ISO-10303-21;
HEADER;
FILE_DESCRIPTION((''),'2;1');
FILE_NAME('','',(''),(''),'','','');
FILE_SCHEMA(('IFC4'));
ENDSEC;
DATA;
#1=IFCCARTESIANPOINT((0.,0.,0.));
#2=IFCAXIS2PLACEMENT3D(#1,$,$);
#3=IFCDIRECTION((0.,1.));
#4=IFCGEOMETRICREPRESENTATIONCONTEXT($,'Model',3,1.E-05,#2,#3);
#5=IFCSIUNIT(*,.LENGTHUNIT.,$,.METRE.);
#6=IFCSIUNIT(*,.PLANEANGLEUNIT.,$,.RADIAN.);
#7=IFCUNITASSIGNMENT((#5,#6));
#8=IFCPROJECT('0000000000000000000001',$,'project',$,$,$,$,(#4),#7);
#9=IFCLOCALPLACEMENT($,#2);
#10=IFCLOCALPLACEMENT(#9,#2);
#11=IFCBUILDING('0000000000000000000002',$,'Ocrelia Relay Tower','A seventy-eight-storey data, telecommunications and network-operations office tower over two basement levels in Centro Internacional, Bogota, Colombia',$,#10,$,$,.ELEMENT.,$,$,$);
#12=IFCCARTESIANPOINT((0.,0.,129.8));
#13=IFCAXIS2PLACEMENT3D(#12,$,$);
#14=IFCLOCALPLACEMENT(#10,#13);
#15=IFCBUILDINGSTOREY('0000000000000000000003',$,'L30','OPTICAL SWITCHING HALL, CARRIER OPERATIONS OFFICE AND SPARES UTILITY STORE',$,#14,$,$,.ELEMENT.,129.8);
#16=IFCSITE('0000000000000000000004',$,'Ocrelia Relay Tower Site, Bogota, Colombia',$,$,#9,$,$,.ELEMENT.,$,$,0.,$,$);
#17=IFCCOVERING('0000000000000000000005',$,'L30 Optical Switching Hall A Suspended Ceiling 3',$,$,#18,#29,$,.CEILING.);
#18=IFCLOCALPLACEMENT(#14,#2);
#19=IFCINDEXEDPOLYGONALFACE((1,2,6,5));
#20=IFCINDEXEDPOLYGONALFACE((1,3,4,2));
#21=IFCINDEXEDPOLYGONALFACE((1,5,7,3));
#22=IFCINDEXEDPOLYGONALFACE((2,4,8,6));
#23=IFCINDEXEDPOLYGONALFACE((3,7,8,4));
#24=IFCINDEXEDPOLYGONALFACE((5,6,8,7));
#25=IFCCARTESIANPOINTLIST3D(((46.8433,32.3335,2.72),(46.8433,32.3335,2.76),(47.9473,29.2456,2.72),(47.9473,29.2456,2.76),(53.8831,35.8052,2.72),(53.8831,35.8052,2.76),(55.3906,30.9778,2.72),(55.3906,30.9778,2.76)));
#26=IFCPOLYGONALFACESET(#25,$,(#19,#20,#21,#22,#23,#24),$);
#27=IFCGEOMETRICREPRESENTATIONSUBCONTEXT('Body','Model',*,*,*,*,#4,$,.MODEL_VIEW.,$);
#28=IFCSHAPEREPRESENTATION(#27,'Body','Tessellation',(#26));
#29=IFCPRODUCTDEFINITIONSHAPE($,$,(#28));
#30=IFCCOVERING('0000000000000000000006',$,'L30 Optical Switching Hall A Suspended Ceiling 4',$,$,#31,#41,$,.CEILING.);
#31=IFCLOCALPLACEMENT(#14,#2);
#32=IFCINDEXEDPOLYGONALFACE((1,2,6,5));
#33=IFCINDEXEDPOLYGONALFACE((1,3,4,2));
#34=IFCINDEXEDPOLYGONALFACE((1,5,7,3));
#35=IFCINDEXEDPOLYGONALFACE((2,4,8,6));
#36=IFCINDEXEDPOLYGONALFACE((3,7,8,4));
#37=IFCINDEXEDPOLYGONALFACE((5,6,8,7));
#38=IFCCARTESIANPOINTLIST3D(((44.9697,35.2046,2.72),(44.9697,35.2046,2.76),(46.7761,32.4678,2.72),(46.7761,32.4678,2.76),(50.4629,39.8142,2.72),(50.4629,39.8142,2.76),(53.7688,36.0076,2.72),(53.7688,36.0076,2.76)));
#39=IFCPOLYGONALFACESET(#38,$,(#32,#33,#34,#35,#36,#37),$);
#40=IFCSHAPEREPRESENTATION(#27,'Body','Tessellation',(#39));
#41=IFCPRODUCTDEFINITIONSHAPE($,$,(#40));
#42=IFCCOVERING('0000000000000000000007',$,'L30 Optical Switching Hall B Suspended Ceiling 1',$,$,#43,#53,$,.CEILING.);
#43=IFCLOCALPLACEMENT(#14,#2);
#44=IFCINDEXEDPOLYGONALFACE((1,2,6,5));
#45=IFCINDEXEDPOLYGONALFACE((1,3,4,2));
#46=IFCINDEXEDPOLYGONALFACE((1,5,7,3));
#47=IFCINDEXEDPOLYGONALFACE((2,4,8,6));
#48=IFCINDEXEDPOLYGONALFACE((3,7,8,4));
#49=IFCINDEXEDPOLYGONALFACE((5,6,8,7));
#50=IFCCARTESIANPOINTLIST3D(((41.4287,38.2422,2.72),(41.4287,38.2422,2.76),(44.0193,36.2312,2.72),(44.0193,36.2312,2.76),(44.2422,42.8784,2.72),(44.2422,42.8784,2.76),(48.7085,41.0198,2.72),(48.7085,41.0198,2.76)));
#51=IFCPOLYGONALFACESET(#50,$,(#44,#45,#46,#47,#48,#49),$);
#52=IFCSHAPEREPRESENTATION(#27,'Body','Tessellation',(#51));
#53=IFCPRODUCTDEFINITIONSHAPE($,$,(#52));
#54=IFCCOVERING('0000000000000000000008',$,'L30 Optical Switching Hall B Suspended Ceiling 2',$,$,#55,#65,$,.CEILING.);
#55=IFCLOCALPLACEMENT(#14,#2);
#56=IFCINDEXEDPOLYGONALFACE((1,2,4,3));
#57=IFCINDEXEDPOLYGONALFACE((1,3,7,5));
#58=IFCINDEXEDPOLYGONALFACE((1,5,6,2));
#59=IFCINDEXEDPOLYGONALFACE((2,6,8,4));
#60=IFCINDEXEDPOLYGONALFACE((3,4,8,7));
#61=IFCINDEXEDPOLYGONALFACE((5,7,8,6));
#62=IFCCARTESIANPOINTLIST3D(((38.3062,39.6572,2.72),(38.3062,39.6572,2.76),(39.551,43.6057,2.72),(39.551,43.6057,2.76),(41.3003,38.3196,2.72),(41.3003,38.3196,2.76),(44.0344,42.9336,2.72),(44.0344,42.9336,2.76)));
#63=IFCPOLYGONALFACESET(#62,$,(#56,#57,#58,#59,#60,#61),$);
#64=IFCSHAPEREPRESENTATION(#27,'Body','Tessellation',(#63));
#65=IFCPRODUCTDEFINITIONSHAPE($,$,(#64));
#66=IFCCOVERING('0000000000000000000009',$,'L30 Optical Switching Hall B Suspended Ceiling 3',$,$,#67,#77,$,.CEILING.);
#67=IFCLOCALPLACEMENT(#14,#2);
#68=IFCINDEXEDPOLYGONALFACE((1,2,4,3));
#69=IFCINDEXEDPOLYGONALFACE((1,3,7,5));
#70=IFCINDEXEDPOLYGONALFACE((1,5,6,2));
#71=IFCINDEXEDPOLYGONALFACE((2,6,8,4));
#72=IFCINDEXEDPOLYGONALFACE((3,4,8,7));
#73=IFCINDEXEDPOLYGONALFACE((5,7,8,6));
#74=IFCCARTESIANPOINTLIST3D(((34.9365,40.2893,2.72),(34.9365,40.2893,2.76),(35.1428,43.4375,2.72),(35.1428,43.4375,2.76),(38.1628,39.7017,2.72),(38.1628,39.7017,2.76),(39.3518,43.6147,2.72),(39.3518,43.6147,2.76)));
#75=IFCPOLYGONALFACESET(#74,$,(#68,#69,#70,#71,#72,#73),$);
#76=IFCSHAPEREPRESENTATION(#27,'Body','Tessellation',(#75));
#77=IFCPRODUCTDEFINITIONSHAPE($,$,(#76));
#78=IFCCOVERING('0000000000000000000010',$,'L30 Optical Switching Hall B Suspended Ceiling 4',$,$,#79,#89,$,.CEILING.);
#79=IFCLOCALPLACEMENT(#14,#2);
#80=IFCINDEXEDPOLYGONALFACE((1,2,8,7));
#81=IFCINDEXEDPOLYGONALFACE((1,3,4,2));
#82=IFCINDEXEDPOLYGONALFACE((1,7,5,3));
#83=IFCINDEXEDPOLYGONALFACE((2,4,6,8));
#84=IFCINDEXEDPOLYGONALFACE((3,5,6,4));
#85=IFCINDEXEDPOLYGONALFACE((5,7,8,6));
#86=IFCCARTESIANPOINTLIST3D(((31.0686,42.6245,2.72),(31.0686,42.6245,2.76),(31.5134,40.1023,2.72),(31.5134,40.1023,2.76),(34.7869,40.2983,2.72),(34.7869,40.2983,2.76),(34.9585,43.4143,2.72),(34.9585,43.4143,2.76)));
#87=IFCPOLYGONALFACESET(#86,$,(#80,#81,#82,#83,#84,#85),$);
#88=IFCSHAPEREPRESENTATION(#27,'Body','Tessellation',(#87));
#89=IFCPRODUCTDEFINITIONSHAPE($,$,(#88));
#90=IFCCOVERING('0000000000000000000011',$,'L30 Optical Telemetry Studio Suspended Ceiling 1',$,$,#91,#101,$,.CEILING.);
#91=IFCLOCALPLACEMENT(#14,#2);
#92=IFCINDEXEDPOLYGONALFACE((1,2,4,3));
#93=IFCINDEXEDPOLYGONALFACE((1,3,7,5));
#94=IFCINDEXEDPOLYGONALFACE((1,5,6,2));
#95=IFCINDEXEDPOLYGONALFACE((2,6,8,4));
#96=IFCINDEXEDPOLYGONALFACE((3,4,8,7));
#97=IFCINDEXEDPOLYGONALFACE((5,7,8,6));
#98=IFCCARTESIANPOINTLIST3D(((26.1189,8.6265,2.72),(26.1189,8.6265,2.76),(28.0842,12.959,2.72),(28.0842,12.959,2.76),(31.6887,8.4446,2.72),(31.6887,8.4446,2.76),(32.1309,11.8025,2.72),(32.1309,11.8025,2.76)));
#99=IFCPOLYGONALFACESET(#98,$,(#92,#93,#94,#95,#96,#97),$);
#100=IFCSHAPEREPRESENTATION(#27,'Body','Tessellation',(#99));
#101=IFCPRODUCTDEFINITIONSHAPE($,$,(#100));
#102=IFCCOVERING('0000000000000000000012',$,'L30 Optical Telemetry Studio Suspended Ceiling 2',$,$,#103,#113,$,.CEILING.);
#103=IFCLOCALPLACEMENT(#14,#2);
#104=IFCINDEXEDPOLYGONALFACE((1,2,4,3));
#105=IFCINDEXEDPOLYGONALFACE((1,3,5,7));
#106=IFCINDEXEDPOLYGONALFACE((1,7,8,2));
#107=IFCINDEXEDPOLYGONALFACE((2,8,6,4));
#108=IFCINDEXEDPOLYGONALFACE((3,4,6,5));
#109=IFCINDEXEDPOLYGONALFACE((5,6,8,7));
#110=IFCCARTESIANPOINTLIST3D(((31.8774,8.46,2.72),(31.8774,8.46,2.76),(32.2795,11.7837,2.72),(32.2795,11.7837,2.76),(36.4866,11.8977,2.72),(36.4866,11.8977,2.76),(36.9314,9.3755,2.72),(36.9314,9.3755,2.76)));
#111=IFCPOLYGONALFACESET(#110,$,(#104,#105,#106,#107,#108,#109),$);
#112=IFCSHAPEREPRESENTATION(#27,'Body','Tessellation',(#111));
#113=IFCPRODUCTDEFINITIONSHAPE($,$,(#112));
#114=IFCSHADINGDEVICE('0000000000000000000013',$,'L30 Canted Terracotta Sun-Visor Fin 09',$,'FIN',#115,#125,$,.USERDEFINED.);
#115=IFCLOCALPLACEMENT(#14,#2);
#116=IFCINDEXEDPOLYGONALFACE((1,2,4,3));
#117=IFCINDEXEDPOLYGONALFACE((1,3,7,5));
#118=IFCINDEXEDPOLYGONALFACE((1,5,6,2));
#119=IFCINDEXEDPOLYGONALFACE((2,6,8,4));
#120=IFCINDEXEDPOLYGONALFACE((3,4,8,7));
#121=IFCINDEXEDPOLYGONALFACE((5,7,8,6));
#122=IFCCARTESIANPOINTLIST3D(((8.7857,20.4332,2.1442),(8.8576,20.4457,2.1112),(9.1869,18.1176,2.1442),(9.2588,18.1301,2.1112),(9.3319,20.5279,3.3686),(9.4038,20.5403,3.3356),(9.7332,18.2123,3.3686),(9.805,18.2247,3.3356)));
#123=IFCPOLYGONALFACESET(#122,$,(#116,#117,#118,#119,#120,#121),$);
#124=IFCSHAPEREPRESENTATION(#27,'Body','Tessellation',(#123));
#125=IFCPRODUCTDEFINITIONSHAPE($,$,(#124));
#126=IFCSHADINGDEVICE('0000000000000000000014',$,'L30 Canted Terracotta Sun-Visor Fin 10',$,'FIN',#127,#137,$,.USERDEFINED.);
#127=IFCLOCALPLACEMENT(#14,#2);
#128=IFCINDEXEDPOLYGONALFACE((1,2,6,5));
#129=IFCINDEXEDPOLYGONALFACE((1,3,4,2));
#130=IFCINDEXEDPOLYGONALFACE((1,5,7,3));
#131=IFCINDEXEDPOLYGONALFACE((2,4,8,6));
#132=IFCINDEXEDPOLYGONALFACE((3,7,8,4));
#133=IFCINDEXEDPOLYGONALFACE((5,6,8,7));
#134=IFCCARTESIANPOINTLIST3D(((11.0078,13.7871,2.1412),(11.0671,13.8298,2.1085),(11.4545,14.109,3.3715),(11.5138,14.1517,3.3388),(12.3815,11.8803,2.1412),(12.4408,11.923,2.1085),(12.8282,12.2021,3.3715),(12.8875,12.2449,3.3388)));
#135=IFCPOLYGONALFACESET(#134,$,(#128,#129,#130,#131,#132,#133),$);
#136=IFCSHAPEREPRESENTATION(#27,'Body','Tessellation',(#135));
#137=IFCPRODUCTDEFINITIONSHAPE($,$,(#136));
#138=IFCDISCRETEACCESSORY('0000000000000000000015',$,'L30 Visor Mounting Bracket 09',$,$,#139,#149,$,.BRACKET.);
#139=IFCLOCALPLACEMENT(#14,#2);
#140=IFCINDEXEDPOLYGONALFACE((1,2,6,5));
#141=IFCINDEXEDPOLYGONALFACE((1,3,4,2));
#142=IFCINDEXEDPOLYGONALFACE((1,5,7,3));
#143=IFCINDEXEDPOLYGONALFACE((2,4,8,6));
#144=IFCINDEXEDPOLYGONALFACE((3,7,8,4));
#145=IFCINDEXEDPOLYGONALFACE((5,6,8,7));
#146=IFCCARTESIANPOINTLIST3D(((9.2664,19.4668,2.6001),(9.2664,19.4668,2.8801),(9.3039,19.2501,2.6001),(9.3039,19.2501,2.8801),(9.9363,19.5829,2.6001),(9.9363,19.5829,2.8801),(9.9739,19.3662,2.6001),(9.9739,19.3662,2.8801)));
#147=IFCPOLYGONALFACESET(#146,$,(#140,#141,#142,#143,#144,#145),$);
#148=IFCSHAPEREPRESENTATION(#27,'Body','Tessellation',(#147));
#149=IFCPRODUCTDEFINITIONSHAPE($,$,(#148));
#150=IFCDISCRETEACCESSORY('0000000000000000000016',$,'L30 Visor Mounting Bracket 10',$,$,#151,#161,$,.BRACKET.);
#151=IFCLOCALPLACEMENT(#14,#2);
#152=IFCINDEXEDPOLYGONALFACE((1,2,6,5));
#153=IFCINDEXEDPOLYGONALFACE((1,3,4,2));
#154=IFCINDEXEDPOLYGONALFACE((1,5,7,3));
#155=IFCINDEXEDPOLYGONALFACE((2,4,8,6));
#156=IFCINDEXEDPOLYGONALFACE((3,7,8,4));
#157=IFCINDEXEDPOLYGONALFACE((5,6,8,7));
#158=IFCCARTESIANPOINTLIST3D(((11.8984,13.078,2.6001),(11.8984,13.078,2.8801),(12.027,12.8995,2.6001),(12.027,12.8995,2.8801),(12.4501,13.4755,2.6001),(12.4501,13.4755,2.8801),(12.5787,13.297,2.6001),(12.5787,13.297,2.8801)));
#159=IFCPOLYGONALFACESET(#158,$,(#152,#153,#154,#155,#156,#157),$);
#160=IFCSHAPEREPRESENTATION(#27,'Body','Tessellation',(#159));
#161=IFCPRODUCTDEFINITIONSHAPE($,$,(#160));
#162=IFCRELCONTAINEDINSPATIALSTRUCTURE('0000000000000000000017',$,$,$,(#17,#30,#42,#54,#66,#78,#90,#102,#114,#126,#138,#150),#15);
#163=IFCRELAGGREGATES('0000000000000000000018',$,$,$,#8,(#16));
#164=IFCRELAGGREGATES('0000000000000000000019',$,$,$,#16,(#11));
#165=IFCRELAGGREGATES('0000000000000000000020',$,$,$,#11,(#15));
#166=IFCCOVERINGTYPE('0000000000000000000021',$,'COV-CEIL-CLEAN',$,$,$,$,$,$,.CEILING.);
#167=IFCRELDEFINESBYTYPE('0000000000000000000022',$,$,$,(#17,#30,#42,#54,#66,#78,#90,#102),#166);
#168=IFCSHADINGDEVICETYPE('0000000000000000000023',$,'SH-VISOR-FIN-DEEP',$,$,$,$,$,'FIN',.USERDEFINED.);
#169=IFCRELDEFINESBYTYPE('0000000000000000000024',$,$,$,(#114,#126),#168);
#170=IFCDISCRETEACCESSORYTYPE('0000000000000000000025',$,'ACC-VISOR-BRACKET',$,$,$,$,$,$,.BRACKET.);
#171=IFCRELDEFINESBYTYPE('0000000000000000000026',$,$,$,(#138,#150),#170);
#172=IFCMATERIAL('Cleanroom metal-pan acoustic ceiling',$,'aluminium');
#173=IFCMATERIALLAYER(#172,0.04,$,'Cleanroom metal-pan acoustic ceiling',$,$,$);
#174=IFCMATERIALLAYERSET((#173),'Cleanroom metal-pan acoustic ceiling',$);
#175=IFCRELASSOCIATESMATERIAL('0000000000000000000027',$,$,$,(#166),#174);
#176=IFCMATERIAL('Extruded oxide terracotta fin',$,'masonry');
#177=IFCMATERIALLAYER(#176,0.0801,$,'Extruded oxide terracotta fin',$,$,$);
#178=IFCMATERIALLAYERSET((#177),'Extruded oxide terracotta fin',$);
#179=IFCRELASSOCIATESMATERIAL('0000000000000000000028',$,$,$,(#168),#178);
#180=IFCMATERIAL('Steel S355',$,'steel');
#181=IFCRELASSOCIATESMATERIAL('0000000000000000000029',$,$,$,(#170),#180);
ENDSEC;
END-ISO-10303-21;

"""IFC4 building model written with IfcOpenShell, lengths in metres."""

from ifc_helpers import new_model, si_unit, direction, frame, origin, origin_2d, place, context, subcontext, project, spatial, polyline, rectangle, outline, extrude, material, layer, layer_set, type_object, element, save


model = new_model("IFC4")

# Units and contexts
model_context = context("Model", 3, precision=1e-05, world=origin(), true_north=direction((0.0, 1.0)))
body_context = subcontext(model_context, "Body", "Model", "MODEL_VIEW")
ifc_project = project(units=[si_unit("LENGTHUNIT", "METRE"), si_unit("PLANEANGLEUNIT", "RADIAN")], contexts=[model_context])

# Site, building, storey
site_placement = place(None, origin())
site = spatial("IfcSite", under=ifc_project, at=site_placement, Name="Ocrelia Relay Tower Site, Bogota, Colombia", CompositionType="ELEMENT", RefElevation=0.0)
building_placement = place(site_placement, origin())
building = spatial("IfcBuilding", under=site, at=building_placement, Name="Ocrelia Relay Tower", Description="A seventy-eight-storey data, telecommunications and network-operations office tower over two basement levels in Centro Internacional, Bogota, Colombia", CompositionType="ELEMENT")
storey_placement = place(building_placement, frame((0.0, 0.0, 129.8)))
storey = spatial("IfcBuildingStorey", under=building, at=storey_placement, Name="L30", Description="OPTICAL SWITCHING HALL, CARRIER OPERATIONS OFFICE AND SPARES UTILITY STORE", CompositionType="ELEMENT", Elevation=129.8)

# Coverings
ifc_material_1 = material(Name="Cleanroom metal-pan acoustic ceiling", Category="aluminium")
ifc_layer_1 = layer(ifc_material_1, 0.04, Name="Cleanroom metal-pan acoustic ceiling")
ifc_layer_set_1 = layer_set([ifc_layer_1], Name="Cleanroom metal-pan acoustic ceiling")
covering_type_1 = type_object("IfcCoveringType", Name="COV-CEIL-CLEAN", PredefinedType="CEILING", material=ifc_layer_set_1)
covering_1_placement = place(storey_placement, frame((0.0, 0.0, 2.72)))
element("IfcCovering", 1, at=covering_1_placement, inside=storey, type_object=covering_type_1, Name="L30 Optical Switching Hall A Suspended Ceiling 3", PredefinedType="CEILING", context=body_context, shape_type="SweptSolid", body=[
    extrude(outline(polyline([(47.9473, 29.2456), (55.3906, 30.9778), (53.8831, 35.8052), (46.8433, 32.3335), (47.9473, 29.2456)])), origin(), (0.0, 0.0, 1.0), 0.04),
])
covering_2_placement = place(storey_placement, frame((0.0, 0.0, 2.72)))
element("IfcCovering", 2, at=covering_2_placement, inside=storey, type_object=covering_type_1, Name="L30 Optical Switching Hall A Suspended Ceiling 4", PredefinedType="CEILING", context=body_context, shape_type="SweptSolid", body=[
    extrude(outline(polyline([(46.7761, 32.4678), (53.7688, 36.0076), (50.4629, 39.8142), (44.9697, 35.2046), (46.7761, 32.4678)])), origin(), (0.0, 0.0, 1.0), 0.04),
])
covering_3_placement = place(storey_placement, frame((0.0, 0.0, 2.72)))
element("IfcCovering", 3, at=covering_3_placement, inside=storey, type_object=covering_type_1, Name="L30 Optical Switching Hall B Suspended Ceiling 1", PredefinedType="CEILING", context=body_context, shape_type="SweptSolid", body=[
    extrude(outline(polyline([(44.0193, 36.2312), (48.7085, 41.0198), (44.2422, 42.8784), (41.4287, 38.2422), (44.0193, 36.2312)])), origin(), (0.0, 0.0, 1.0), 0.04),
])
covering_4_placement = place(storey_placement, frame((0.0, 0.0, 2.72)))
element("IfcCovering", 4, at=covering_4_placement, inside=storey, type_object=covering_type_1, Name="L30 Optical Switching Hall B Suspended Ceiling 2", PredefinedType="CEILING", context=body_context, shape_type="SweptSolid", body=[
    extrude(outline(polyline([(41.3003, 38.3196), (44.0344, 42.9336), (39.551, 43.6057), (38.3062, 39.6572), (41.3003, 38.3196)])), origin(), (0.0, 0.0, 1.0), 0.04),
])
covering_5_placement = place(storey_placement, frame((0.0, 0.0, 2.72)))
element("IfcCovering", 5, at=covering_5_placement, inside=storey, type_object=covering_type_1, Name="L30 Optical Switching Hall B Suspended Ceiling 3", PredefinedType="CEILING", context=body_context, shape_type="SweptSolid", body=[
    extrude(outline(polyline([(38.1628, 39.7017), (39.3518, 43.6147), (35.1428, 43.4375), (34.9365, 40.2893), (38.1628, 39.7017)])), origin(), (0.0, 0.0, 1.0), 0.04),
])
covering_6_placement = place(storey_placement, frame((0.0, 0.0, 2.72)))
element("IfcCovering", 6, at=covering_6_placement, inside=storey, type_object=covering_type_1, Name="L30 Optical Switching Hall B Suspended Ceiling 4", PredefinedType="CEILING", context=body_context, shape_type="SweptSolid", body=[
    extrude(outline(polyline([(34.7869, 40.2983), (34.9585, 43.4143), (31.0686, 42.6245), (31.5134, 40.1023), (34.7869, 40.2983)])), origin(), (0.0, 0.0, 1.0), 0.04),
])
covering_7_placement = place(storey_placement, frame((0.0, 0.0, 2.72)))
element("IfcCovering", 7, at=covering_7_placement, inside=storey, type_object=covering_type_1, Name="L30 Optical Telemetry Studio Suspended Ceiling 1", PredefinedType="CEILING", context=body_context, shape_type="SweptSolid", body=[
    extrude(outline(polyline([(28.0842, 12.959), (26.1189, 8.6265), (31.6887, 8.4446), (32.1309, 11.8025), (28.0842, 12.959)])), origin(), (0.0, 0.0, 1.0), 0.04),
])
covering_8_placement = place(storey_placement, frame((0.0, 0.0, 2.72)))
element("IfcCovering", 8, at=covering_8_placement, inside=storey, type_object=covering_type_1, Name="L30 Optical Telemetry Studio Suspended Ceiling 2", PredefinedType="CEILING", context=body_context, shape_type="SweptSolid", body=[
    extrude(outline(polyline([(32.2795, 11.7837), (31.8774, 8.46), (36.9314, 9.3755), (36.4866, 11.8977), (32.2795, 11.7837)])), origin(), (0.0, 0.0, 1.0), 0.04),
])

# Shading devices
ifc_material_2 = material(Name="Extruded oxide terracotta fin", Category="masonry")
ifc_layer_2 = layer(ifc_material_2, 0.0801, Name="Extruded oxide terracotta fin")
ifc_layer_set_2 = layer_set([ifc_layer_2], Name="Extruded oxide terracotta fin")
shading_device_type = type_object("IfcShadingDeviceType", Name="SH-VISOR-FIN-DEEP", ElementType="FIN", PredefinedType="USERDEFINED", material=ifc_layer_set_2)
shading_device_1_placement = place(storey_placement, frame((9.3313, 19.3352, 2.7234), z_axis=(-0.897596, -0.155534, 0.412469), x_axis=(0.170734, -0.985317, 0.0)))
element("IfcShadingDevice", 9, at=shading_device_1_placement, inside=storey, type_object=shading_device_type, Name="L30 Canted Terracotta Sun-Visor Fin 09", ObjectType="FIN", PredefinedType="USERDEFINED", context=body_context, shape_type="SweptSolid", body=[
    extrude(rectangle(XDim=2.3501, YDim=1.344, at=origin_2d()), origin(), (0.0, 0.0, 1.0), 0.0801),
])
shading_device_2_placement = place(storey_placement, frame((11.9773, 13.0374, 2.7236), z_axis=(-0.740592, -0.533534, 0.40849), x_axis=(0.584527, -0.811374, 0.0)))
element("IfcShadingDevice", 10, at=shading_device_2_placement, inside=storey, type_object=shading_device_type, Name="L30 Canted Terracotta Sun-Visor Fin 10", ObjectType="FIN", PredefinedType="USERDEFINED", context=body_context, shape_type="SweptSolid", body=[
    extrude(rectangle(XDim=2.3501, YDim=1.3479, at=origin_2d()), origin(), (0.0, 0.0, 1.0), 0.0801),
])

# Discrete accessories
ifc_material_3 = material(Name="Steel S355", Category="steel")
discrete_accessory_type = type_object("IfcDiscreteAccessoryType", Name="ACC-VISOR-BRACKET", PredefinedType="BRACKET", material=ifc_material_3)
for number, where, z_axis, x_axis, name in (
    (11, (9.6201, 19.4165, 2.6001), (0.0, 0.0, 1.0), (0.170734, -0.985317, 0.0), "L30 Visor Mounting Bracket 09"),
    (12, (12.2385, 13.1875, 2.6001), (0.0, 0.0, 1.0), (0.584527, -0.811374, 0.0), "L30 Visor Mounting Bracket 10"),
):
    element("IfcDiscreteAccessory", number, at=place(storey_placement, frame(where, z_axis=z_axis, x_axis=x_axis)), inside=storey, type_object=discrete_accessory_type, Name=name, PredefinedType="BRACKET", context=body_context, shape_type="SweptSolid", body=[
        extrude(rectangle(XDim=0.22, YDim=0.6799, at=origin_2d()), origin(), (0.0, 0.0, 1.0), 0.28),
    ])

save(model, "model.ifc")
